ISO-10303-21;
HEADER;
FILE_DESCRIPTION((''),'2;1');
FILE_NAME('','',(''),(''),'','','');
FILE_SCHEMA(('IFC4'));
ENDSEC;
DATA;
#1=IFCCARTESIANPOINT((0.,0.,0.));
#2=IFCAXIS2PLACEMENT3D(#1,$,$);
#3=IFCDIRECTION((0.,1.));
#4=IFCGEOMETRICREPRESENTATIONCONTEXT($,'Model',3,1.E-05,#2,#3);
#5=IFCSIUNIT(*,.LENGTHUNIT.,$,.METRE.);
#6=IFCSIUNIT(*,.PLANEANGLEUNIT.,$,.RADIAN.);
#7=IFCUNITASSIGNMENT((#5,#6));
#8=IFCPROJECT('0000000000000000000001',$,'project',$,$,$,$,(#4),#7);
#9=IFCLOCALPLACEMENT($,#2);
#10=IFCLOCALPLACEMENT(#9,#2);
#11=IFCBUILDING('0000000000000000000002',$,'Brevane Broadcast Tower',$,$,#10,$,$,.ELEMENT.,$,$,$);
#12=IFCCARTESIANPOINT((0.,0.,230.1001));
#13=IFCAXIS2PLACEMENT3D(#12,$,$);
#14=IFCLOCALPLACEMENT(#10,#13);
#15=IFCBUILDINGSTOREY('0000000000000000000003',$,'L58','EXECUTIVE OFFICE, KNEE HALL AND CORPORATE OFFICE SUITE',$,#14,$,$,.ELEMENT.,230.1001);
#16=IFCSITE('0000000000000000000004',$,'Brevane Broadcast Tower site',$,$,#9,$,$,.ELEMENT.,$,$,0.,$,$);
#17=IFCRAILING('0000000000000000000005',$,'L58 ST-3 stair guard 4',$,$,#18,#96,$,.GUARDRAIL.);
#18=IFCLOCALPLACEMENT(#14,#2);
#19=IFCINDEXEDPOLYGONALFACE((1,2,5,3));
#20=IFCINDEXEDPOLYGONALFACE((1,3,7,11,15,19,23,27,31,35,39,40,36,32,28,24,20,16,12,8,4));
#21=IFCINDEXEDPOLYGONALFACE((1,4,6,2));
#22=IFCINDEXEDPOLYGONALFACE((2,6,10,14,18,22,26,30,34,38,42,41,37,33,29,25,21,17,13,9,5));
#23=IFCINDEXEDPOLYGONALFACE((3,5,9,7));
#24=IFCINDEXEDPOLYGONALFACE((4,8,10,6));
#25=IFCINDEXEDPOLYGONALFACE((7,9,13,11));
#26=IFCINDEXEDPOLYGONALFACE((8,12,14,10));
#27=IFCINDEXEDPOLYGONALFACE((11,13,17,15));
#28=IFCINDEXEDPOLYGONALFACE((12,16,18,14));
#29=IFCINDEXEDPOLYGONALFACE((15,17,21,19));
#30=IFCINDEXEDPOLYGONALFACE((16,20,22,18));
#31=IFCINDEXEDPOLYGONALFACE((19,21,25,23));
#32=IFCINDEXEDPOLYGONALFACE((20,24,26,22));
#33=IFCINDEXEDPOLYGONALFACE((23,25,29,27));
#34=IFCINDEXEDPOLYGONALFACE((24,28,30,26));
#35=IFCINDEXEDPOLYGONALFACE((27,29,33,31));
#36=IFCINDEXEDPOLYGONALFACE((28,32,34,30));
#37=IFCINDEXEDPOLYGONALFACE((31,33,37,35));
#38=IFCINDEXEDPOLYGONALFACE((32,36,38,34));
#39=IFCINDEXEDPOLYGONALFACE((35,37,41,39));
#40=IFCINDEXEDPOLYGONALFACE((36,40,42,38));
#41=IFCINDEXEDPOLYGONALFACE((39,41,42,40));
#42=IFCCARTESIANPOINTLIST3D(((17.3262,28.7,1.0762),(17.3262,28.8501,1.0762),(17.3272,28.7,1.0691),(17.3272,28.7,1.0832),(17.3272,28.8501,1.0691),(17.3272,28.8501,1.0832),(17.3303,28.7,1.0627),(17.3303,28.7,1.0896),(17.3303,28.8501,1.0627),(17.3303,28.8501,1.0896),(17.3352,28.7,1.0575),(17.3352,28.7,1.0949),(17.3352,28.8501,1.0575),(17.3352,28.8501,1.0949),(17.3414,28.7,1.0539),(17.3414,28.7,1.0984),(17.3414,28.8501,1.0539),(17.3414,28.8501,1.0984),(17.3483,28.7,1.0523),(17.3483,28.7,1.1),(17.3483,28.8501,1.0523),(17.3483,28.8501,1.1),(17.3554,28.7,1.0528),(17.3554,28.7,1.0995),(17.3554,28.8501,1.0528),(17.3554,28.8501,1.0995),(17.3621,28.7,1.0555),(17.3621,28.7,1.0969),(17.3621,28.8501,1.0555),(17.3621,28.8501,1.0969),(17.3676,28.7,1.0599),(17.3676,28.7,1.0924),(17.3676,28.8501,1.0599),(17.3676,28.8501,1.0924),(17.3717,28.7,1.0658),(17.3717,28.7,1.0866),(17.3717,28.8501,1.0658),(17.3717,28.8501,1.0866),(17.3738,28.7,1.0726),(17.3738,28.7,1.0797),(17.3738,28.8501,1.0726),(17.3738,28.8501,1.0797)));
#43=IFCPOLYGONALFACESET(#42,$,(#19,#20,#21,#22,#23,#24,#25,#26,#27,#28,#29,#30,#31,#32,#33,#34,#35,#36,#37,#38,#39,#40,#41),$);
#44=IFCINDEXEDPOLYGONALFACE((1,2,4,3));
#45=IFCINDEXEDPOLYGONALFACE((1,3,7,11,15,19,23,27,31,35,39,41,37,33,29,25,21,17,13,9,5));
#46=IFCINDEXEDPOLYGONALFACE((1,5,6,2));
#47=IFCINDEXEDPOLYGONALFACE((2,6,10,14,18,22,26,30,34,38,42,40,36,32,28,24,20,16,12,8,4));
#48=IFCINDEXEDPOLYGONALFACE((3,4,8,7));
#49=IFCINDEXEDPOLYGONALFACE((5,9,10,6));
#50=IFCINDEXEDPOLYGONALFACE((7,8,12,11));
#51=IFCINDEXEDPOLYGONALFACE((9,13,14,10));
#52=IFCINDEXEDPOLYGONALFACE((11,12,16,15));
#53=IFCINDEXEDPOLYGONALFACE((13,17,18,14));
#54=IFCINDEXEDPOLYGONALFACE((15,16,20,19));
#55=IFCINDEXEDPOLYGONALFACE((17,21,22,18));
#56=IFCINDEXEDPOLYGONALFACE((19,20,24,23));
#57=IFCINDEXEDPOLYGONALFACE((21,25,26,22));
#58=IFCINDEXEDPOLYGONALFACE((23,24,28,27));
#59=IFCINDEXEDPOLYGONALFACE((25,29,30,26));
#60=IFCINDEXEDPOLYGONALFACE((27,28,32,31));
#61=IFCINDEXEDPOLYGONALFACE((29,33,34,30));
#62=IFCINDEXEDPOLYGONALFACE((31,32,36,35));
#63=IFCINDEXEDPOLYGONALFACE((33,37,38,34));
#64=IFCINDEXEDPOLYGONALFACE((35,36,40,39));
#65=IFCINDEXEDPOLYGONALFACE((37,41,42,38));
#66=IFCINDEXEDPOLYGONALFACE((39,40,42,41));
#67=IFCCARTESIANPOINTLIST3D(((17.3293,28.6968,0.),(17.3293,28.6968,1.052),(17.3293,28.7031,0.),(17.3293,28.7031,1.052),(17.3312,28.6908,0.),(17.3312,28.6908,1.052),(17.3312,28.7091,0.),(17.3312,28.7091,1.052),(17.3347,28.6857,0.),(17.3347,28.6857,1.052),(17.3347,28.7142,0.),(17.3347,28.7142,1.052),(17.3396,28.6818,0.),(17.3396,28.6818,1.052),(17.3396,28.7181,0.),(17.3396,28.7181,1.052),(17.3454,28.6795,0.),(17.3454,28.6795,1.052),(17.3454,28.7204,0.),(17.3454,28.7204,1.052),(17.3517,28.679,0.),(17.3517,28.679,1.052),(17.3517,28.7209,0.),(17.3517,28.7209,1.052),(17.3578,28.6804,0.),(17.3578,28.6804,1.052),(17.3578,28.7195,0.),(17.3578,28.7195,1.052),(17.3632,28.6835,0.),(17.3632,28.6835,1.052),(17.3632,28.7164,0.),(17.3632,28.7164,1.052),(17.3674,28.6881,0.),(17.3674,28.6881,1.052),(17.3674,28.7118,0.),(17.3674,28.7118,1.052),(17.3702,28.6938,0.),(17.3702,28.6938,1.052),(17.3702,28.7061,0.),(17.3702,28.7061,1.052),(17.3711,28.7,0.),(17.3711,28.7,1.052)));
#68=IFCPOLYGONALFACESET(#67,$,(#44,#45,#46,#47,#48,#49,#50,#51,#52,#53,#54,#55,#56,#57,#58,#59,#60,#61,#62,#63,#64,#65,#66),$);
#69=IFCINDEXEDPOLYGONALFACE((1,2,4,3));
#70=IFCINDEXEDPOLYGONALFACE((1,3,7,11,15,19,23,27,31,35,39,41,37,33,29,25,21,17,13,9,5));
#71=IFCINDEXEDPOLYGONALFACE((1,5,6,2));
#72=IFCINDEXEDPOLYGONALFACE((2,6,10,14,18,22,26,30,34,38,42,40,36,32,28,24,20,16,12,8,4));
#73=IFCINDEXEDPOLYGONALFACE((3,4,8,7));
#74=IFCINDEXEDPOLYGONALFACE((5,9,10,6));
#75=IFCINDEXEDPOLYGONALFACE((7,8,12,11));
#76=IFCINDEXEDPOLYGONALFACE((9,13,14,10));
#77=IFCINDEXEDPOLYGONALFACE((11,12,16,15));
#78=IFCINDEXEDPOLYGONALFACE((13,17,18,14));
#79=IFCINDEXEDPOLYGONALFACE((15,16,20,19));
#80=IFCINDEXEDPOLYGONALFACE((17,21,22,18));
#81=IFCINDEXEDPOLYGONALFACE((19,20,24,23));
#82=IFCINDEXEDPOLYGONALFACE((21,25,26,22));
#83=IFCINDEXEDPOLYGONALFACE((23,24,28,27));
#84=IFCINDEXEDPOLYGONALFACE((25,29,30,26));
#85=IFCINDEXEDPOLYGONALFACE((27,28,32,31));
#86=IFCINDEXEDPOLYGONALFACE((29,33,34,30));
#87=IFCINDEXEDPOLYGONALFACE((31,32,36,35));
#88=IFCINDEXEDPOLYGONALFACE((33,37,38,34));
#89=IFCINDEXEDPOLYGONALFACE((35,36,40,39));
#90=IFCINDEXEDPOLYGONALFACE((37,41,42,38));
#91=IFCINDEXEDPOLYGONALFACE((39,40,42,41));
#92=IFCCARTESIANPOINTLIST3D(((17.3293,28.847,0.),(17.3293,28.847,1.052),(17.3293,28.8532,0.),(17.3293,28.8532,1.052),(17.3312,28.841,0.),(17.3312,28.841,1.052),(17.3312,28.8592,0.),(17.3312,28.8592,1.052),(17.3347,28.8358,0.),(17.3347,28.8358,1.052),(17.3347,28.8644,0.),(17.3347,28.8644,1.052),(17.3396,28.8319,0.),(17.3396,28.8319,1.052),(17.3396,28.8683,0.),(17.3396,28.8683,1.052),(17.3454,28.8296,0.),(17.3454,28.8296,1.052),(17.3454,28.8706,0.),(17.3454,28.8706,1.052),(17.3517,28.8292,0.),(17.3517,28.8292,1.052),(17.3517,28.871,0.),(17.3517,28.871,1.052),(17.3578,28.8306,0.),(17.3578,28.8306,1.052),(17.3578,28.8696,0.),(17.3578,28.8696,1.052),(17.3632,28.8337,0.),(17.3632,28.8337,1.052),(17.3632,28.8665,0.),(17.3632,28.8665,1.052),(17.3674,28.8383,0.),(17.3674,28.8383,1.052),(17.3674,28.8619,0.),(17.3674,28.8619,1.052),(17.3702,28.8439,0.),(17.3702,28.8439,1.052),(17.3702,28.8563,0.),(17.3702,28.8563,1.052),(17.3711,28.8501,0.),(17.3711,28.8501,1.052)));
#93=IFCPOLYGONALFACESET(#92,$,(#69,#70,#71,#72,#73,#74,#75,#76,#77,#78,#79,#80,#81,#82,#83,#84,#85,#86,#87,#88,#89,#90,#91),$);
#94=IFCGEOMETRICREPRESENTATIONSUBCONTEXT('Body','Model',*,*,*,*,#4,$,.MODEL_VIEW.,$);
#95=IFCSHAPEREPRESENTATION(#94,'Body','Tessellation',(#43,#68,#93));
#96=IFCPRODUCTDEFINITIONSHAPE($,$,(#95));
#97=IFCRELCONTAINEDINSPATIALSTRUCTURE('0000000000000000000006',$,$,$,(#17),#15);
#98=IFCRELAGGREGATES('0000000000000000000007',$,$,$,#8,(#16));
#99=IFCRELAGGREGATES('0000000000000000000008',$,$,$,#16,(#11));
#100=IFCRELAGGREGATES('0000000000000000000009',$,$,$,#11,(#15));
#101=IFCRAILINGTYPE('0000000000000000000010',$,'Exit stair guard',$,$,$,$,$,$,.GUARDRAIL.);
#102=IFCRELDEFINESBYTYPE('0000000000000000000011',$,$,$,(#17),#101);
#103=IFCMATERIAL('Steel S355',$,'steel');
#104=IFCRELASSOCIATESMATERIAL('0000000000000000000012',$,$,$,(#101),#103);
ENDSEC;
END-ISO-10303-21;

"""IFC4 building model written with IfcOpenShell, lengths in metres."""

from ifc_helpers import new_model, si_unit, direction, frame, origin, origin_2d, place, context, subcontext, project, spatial, circle, extrude, material, type_object, element, save


model = new_model("IFC4")

# Units and contexts
model_context = context("Model", 3, precision=1e-05, world=origin(), true_north=direction((0.0, 1.0)))
body_context = subcontext(model_context, "Body", "Model", "MODEL_VIEW")
ifc_project = project(units=[si_unit("LENGTHUNIT", "METRE"), si_unit("PLANEANGLEUNIT", "RADIAN")], contexts=[model_context])

# Site, building, storey
site_placement = place(None, origin())
site = spatial("IfcSite", under=ifc_project, at=site_placement, Name="Brevane Broadcast Tower site", CompositionType="ELEMENT", RefElevation=0.0)
building_placement = place(site_placement, origin())
building = spatial("IfcBuilding", under=site, at=building_placement, Name="Brevane Broadcast Tower", CompositionType="ELEMENT")
storey_placement = place(building_placement, frame((0.0, 0.0, 230.1001)))
storey = spatial("IfcBuildingStorey", under=building, at=storey_placement, Name="L58", Description="EXECUTIVE OFFICE, KNEE HALL AND CORPORATE OFFICE SUITE", CompositionType="ELEMENT", Elevation=230.1001)

# Railing
ifc_material_1 = material(Name="Steel S355", Category="steel")
railing_type = type_object("IfcRailingType", Name="Exit stair guard", PredefinedType="GUARDRAIL", material=ifc_material_1)
railing_placement = place(storey_placement, frame((17.3501, 28.7, 0.0)))
element("IfcRailing", 1, at=railing_placement, inside=storey, type_object=railing_type, Name="L58 ST-3 stair guard 4", PredefinedType="GUARDRAIL", context=body_context, shape_type="SweptSolid", body=[
    extrude(circle(Radius=0.0239, at=origin_2d()), frame((0.0, 0.0, 1.0762), z_axis=(0.0, 1.0, 0.0), x_axis=(-1.0, 0.0, 0.0)), (0.0, 0.0, 1.0), 0.1501),
    extrude(circle(Radius=0.021, at=origin_2d()), origin(), (0.0, 0.0, 1.0), 1.052),
    extrude(circle(Radius=0.021, at=origin_2d()), frame((0.0, 0.1501, 0.0)), (0.0, 0.0, 1.0), 1.052),
])

save(model, "model.ifc")
